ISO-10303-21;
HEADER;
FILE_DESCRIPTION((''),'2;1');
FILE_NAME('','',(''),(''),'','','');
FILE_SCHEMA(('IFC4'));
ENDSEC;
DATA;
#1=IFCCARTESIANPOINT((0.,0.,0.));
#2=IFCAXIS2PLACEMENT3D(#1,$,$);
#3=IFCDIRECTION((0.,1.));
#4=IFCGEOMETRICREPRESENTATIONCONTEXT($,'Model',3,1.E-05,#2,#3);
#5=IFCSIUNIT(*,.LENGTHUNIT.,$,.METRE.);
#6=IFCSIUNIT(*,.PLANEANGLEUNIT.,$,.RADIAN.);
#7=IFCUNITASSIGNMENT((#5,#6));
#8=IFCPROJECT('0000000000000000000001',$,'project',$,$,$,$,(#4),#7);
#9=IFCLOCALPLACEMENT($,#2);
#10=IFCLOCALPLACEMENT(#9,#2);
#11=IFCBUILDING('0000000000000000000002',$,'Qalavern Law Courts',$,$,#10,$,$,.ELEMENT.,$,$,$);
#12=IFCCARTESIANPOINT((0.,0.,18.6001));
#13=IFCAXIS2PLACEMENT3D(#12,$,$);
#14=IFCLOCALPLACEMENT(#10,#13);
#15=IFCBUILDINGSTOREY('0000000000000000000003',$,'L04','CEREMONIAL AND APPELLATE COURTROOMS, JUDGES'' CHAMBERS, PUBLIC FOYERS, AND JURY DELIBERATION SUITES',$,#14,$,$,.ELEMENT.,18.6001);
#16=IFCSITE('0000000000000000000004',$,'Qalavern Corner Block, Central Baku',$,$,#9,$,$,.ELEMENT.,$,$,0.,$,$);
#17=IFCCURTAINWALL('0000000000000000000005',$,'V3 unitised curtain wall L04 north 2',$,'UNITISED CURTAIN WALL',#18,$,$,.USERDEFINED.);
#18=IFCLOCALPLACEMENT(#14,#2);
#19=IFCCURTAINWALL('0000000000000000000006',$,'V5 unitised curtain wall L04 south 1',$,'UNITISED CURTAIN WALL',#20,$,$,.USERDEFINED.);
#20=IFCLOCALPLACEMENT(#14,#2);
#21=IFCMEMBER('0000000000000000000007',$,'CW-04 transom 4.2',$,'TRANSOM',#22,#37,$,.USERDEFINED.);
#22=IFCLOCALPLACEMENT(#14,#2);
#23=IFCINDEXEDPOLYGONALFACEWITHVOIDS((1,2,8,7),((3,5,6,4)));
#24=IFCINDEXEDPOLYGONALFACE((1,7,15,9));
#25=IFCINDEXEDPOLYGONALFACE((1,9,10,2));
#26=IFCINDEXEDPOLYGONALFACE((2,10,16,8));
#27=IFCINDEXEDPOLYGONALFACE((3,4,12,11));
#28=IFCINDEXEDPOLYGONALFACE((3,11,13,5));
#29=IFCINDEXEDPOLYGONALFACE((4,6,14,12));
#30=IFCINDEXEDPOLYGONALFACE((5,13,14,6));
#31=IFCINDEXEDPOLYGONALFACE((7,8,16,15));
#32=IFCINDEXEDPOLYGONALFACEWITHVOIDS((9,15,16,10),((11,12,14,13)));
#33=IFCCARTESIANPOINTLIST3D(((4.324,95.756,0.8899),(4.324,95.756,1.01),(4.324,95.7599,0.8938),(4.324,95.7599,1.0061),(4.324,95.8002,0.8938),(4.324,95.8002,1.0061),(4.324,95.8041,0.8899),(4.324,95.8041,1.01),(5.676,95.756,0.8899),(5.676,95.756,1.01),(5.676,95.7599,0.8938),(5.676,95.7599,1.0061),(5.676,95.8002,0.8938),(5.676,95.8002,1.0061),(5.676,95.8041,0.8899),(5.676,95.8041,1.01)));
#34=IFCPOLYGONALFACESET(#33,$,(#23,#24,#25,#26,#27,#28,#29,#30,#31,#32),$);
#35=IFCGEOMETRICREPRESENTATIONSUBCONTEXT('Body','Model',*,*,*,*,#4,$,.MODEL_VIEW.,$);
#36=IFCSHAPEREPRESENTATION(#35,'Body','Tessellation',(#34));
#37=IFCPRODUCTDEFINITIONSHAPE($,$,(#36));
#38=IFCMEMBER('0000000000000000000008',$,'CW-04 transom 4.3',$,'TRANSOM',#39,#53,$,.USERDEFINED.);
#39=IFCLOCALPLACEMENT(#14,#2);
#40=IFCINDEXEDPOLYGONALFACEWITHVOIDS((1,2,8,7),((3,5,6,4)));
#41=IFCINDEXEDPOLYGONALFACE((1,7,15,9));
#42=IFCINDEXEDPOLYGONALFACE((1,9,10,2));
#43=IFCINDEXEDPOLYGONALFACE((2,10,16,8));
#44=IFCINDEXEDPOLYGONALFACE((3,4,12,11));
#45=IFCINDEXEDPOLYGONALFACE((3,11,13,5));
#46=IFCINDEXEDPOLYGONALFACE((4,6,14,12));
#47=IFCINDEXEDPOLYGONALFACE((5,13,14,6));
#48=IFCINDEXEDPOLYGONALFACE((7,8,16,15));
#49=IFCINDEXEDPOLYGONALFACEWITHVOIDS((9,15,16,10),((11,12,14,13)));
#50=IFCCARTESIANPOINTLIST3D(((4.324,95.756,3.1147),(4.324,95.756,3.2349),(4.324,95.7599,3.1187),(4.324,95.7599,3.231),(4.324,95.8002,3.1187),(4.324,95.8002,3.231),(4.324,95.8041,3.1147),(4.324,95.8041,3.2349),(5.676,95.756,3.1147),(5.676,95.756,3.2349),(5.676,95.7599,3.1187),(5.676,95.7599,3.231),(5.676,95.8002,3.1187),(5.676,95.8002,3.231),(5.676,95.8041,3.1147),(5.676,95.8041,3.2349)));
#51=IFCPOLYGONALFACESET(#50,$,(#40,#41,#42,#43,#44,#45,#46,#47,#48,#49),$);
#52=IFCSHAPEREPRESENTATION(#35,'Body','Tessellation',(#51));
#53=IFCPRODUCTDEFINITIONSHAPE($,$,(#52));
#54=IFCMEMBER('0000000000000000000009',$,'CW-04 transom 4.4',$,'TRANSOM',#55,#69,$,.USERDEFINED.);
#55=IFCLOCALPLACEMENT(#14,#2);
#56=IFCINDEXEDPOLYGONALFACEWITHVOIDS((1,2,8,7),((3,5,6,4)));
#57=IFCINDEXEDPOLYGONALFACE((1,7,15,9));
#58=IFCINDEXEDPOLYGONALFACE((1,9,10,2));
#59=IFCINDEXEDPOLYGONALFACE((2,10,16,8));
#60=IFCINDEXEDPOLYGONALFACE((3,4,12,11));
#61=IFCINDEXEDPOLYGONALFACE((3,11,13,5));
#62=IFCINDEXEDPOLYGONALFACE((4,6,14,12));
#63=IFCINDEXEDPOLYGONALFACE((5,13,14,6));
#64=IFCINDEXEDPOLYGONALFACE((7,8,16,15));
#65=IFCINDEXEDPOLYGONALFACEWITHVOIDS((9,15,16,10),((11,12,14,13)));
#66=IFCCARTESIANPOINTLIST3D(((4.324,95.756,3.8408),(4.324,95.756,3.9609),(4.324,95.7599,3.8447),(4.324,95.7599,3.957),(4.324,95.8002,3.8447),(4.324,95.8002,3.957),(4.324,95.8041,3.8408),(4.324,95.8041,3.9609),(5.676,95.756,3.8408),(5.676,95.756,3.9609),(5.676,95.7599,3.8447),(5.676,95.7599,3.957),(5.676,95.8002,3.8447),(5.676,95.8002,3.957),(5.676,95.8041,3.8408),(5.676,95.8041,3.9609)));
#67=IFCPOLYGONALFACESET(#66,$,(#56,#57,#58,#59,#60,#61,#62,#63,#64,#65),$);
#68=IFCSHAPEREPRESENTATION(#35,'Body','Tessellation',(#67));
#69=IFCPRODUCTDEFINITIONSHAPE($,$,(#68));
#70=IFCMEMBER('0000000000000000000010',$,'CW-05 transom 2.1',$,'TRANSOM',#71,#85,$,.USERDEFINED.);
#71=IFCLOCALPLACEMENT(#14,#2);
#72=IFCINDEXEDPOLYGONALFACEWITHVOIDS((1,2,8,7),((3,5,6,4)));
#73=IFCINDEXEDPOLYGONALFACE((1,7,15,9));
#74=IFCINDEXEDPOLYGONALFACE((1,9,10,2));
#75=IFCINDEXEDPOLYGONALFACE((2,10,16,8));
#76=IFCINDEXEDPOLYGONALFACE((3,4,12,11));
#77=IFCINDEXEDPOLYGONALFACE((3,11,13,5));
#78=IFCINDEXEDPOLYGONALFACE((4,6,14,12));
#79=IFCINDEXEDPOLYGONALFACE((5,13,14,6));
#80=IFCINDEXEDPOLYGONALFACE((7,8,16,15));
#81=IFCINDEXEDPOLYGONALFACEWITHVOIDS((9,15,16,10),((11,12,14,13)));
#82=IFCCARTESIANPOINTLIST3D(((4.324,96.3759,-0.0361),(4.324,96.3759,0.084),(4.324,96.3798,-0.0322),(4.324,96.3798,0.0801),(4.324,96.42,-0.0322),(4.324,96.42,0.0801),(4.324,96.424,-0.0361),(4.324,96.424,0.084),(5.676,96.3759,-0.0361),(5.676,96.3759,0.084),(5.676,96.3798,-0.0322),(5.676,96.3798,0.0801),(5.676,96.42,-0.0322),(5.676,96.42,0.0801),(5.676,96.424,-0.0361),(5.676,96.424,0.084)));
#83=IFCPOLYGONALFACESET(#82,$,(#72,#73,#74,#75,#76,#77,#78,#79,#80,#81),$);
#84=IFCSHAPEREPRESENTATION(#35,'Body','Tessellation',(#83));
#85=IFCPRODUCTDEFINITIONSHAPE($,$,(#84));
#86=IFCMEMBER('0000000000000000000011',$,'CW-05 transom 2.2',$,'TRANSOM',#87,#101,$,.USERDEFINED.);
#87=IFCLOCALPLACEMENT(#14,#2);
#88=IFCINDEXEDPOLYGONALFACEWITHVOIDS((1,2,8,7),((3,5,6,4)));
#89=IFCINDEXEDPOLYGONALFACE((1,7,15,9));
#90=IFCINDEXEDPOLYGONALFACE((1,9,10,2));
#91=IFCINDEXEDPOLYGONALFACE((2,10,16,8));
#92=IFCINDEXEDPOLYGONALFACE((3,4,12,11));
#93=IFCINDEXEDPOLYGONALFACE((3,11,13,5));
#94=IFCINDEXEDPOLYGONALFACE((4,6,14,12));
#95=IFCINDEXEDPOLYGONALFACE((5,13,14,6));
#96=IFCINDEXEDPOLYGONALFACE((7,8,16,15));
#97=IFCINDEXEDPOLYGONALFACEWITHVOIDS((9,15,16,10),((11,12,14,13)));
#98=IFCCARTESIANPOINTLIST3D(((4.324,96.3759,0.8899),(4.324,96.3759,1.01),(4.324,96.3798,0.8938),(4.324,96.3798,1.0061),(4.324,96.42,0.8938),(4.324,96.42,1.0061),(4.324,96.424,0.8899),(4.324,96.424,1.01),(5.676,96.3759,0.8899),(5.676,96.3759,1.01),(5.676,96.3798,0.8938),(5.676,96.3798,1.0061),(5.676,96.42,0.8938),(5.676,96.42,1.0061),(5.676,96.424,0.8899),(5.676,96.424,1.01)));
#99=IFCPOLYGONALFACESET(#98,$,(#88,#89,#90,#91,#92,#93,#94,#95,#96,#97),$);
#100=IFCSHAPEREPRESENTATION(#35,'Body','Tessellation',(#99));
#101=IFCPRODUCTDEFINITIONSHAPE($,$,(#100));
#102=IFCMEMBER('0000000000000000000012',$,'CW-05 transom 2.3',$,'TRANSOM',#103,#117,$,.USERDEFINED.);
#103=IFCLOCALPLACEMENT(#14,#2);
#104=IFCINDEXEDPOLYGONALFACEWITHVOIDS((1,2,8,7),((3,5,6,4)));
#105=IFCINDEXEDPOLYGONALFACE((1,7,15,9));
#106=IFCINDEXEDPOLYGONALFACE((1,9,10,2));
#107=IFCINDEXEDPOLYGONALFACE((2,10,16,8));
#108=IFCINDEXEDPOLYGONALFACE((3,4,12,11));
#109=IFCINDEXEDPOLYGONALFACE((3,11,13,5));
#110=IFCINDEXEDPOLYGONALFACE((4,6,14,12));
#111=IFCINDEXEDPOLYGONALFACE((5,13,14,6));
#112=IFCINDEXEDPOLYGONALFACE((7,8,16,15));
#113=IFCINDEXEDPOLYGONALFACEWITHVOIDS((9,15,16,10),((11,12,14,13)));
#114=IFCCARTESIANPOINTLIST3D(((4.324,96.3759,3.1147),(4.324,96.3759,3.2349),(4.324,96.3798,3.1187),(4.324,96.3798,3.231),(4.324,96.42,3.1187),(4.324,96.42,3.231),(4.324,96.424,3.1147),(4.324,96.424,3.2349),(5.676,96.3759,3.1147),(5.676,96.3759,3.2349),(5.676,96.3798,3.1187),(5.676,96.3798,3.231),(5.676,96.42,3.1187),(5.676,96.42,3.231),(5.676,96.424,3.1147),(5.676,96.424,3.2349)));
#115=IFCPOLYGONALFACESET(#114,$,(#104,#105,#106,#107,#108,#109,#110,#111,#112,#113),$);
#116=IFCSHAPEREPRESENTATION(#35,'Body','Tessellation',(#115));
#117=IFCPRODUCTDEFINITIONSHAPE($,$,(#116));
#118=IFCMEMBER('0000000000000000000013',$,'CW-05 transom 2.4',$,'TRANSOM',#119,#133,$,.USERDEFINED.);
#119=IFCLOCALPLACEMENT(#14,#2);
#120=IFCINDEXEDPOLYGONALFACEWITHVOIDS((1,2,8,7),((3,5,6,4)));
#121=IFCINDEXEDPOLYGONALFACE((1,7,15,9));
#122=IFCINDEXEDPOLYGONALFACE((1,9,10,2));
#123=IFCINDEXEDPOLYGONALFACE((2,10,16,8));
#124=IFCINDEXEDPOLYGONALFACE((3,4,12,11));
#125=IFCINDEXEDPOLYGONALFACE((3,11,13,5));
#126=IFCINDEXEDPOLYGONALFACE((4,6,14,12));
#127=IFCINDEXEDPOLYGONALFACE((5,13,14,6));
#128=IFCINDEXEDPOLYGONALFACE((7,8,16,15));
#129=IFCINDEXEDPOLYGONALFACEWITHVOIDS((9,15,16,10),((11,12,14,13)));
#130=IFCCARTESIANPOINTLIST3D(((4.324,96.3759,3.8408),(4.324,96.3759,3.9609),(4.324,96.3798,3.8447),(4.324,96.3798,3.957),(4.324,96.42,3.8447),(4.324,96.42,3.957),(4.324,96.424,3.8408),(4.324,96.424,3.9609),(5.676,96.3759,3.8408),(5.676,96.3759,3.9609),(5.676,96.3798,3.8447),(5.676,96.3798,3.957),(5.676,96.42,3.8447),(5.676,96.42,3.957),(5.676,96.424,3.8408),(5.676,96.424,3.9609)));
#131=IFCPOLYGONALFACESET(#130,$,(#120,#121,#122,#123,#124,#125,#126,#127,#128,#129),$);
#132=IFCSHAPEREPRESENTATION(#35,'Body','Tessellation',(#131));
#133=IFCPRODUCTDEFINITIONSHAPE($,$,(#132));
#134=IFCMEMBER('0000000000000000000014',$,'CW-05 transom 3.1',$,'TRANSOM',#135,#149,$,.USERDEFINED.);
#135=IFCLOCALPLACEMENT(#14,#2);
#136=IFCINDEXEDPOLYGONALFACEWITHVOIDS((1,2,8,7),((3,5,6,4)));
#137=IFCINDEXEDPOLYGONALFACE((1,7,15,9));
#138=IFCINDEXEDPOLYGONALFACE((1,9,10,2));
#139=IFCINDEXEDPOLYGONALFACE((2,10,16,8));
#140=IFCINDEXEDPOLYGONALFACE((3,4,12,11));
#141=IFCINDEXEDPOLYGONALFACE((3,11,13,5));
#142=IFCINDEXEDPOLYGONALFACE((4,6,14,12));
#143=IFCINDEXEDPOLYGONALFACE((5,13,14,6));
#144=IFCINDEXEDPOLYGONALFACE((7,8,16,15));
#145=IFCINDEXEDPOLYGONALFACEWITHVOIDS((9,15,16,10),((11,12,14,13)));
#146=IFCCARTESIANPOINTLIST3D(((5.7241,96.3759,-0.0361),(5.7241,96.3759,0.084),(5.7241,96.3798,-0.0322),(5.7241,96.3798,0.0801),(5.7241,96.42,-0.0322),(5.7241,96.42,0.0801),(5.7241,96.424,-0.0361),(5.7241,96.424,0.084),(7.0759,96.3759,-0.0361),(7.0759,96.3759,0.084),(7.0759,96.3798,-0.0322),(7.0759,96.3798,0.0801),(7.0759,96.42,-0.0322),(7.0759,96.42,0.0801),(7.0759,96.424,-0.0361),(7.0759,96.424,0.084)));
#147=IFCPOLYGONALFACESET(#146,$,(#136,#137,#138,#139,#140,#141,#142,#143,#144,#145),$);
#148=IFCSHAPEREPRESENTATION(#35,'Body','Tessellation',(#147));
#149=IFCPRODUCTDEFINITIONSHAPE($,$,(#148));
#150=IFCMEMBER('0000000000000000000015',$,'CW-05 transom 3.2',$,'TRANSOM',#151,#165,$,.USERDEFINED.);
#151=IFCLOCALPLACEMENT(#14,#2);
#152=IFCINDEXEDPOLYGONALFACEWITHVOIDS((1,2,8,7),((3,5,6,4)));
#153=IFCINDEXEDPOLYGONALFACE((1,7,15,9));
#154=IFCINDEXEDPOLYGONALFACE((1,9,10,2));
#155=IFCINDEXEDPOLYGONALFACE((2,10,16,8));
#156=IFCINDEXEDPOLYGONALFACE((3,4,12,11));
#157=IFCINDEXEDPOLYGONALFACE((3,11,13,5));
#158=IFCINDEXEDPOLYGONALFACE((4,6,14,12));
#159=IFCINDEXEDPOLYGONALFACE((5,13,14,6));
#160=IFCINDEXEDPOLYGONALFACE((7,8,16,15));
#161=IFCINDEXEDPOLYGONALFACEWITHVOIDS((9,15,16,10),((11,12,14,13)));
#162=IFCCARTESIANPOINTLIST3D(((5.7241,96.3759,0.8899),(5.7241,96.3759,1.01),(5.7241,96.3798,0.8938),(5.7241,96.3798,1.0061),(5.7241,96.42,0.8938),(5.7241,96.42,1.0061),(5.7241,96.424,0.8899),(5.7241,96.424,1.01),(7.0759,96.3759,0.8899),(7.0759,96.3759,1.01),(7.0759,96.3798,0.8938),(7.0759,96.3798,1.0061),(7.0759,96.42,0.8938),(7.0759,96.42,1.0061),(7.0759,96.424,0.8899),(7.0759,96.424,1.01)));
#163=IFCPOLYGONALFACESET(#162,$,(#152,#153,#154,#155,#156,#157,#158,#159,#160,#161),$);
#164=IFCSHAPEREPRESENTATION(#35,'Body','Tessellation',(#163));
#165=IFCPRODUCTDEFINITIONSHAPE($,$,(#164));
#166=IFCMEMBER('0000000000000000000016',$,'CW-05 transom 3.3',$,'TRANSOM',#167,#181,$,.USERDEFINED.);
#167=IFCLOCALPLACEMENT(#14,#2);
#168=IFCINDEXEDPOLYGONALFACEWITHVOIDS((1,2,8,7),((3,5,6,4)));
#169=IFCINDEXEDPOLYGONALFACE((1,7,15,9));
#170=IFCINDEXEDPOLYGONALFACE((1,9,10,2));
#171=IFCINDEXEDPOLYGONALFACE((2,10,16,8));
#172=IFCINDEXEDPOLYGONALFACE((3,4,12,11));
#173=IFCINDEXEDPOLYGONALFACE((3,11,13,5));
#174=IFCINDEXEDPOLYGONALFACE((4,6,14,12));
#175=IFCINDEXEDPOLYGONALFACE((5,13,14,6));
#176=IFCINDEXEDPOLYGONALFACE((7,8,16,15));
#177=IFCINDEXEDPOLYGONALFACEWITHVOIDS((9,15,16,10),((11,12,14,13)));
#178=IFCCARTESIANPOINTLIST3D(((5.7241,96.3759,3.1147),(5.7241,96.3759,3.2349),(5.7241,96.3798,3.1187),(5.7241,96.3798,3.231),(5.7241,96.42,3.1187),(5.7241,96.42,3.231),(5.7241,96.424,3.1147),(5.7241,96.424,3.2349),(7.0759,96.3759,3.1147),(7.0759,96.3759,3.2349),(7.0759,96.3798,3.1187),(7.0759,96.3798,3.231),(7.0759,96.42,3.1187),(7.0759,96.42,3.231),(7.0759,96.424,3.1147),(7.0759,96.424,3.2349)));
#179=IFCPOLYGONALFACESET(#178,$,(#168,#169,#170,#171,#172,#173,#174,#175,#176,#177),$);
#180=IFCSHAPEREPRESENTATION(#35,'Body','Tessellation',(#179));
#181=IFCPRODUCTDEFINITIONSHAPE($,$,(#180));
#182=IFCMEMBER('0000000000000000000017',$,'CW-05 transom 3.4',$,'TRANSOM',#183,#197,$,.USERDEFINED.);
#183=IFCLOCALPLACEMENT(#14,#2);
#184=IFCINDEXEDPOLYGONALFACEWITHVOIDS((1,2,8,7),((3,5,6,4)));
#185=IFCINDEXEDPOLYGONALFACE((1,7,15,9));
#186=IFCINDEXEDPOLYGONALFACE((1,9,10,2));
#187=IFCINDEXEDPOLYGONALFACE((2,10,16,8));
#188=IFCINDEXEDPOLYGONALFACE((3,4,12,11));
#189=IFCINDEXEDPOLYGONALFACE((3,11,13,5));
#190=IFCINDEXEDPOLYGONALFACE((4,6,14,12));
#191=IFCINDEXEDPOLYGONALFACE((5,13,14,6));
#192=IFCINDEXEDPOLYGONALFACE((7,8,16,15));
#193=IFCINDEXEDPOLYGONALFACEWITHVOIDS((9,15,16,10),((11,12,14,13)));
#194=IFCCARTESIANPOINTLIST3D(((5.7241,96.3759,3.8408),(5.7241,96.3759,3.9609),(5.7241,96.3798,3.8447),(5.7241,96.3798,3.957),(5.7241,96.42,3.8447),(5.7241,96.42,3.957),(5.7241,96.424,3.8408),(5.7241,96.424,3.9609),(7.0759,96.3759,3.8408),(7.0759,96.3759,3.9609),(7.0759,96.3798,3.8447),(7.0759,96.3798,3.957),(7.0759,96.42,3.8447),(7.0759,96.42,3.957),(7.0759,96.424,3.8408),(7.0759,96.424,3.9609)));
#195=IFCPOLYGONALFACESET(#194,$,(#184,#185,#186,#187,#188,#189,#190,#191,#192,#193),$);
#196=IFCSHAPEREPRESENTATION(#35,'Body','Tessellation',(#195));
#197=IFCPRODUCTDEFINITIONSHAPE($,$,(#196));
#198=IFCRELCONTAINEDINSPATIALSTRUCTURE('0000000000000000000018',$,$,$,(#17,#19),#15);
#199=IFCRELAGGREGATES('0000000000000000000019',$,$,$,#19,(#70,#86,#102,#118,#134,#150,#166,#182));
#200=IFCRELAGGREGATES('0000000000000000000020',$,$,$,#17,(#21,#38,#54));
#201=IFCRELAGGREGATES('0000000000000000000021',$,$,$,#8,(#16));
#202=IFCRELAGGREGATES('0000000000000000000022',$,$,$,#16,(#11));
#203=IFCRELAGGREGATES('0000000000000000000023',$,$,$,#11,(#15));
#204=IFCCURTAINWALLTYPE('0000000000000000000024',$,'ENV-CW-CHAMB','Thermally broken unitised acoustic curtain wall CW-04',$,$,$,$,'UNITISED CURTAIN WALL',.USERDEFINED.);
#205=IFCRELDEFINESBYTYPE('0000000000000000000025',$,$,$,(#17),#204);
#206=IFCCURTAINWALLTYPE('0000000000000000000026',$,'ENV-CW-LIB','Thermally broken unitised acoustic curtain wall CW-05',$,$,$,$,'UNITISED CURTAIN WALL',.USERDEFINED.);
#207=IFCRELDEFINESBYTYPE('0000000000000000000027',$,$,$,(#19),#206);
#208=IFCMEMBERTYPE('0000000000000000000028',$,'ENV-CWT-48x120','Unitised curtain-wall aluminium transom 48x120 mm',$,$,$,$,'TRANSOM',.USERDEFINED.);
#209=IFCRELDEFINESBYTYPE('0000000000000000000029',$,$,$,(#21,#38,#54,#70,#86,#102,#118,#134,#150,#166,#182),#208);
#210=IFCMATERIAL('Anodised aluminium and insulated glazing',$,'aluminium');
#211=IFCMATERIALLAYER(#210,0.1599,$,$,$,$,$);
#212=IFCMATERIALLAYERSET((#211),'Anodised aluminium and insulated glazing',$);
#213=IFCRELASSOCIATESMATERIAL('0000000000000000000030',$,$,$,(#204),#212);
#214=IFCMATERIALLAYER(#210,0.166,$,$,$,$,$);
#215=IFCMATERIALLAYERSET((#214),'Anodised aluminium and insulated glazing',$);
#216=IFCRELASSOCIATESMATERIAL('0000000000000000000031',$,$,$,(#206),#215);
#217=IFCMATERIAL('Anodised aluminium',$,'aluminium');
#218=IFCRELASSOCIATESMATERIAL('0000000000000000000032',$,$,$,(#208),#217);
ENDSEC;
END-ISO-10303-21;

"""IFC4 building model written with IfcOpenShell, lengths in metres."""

from ifc_helpers import new_model, si_unit, direction, frame, origin, origin_2d, place, context, subcontext, project, spatial, hollow_rectangle, extrude, material, layer, layer_set, material_profile, profile_set, type_object, element, aggregate, save


model = new_model("IFC4")

# Units and contexts
model_context = context("Model", 3, precision=1e-05, world=origin(), true_north=direction((0.0, 1.0)))
body_context = subcontext(model_context, "Body", "Model", "MODEL_VIEW")
ifc_project = project(units=[si_unit("LENGTHUNIT", "METRE"), si_unit("PLANEANGLEUNIT", "RADIAN")], contexts=[model_context])

# Site, building, storey
site_placement = place(None, origin())
site = spatial("IfcSite", under=ifc_project, at=site_placement, Name="Qalavern Corner Block, Central Baku", CompositionType="ELEMENT", RefElevation=0.0)
building_placement = place(site_placement, origin())
building = spatial("IfcBuilding", under=site, at=building_placement, Name="Qalavern Law Courts", CompositionType="ELEMENT")
storey_placement = place(building_placement, frame((0.0, 0.0, 18.6001)))
storey = spatial("IfcBuildingStorey", under=building, at=storey_placement, Name="L04", Description="CEREMONIAL AND APPELLATE COURTROOMS, JUDGES' CHAMBERS, PUBLIC FOYERS, AND JURY DELIBERATION SUITES", CompositionType="ELEMENT", Elevation=18.6001)

# Curtain walls
ifc_material_1 = material(Name="Anodised aluminium and insulated glazing", Category="aluminium")
ifc_layer_1 = layer(ifc_material_1, 0.1599)
ifc_layer_set_1 = layer_set([ifc_layer_1], Name="Anodised aluminium and insulated glazing")
curtain_wall_type_1 = type_object("IfcCurtainWallType", Name="ENV-CW-CHAMB", Description="Thermally broken unitised acoustic curtain wall CW-04", ElementType="UNITISED CURTAIN WALL", PredefinedType="USERDEFINED", material=ifc_layer_set_1)
curtain_wall_1_placement = place(storey_placement, origin())
curtain_wall_1 = element("IfcCurtainWall", 1, at=curtain_wall_1_placement, inside=storey, type_object=curtain_wall_type_1, Name="V3 unitised curtain wall L04 north 2", ObjectType="UNITISED CURTAIN WALL", PredefinedType="USERDEFINED")
ifc_material_2 = material(Name="Anodised aluminium", Category="aluminium")
ifc_layer_2 = layer(ifc_material_1, 0.166)
ifc_layer_set_2 = layer_set([ifc_layer_2], Name="Anodised aluminium and insulated glazing")
curtain_wall_type_2 = type_object("IfcCurtainWallType", Name="ENV-CW-LIB", Description="Thermally broken unitised acoustic curtain wall CW-05", ElementType="UNITISED CURTAIN WALL", PredefinedType="USERDEFINED", material=ifc_layer_set_2)
curtain_wall_2_placement = place(storey_placement, origin())
curtain_wall_2 = element("IfcCurtainWall", 2, at=curtain_wall_2_placement, inside=storey, type_object=curtain_wall_type_2, Name="V5 unitised curtain wall L04 south 1", ObjectType="UNITISED CURTAIN WALL", PredefinedType="USERDEFINED")

# Members
ifc_material_profile_1 = material_profile(ifc_material_2, hollow_rectangle(XDim=0.0481, YDim=0.1201, WallThickness=0.0039, at=origin_2d()), Name="ALU TRANSOM 48x120")
ifc_profile_set_1 = profile_set([ifc_material_profile_1], Name="Anodised aluminium")
member_type_1 = type_object("IfcMemberType", Name="ENV-CWT-48x120", Description="Unitised curtain-wall aluminium transom 48x120 mm", ElementType="TRANSOM", PredefinedType="USERDEFINED", material=ifc_profile_set_1)
member_1_placement = place(storey_placement, frame((5.676, 95.78, 0.95), z_axis=(-1.0, 0.0, 0.0), x_axis=(0.0, -1.0, 0.0)))
member_1 = element("IfcMember", 3, at=member_1_placement, type_object=member_type_1, Name="CW-04 transom 4.2", ObjectType="TRANSOM", PredefinedType="USERDEFINED", context=body_context, shape_type="SweptSolid", body=[
    extrude(hollow_rectangle(XDim=0.0481, YDim=0.1201, WallThickness=0.0039, at=origin_2d()), origin(), (0.0, 0.0, 1.0), 1.3521),
])
member_2_placement = place(storey_placement, frame((5.676, 95.78, 3.1748), z_axis=(-1.0, 0.0, 0.0), x_axis=(0.0, -1.0, 0.0)))
member_2 = element("IfcMember", 4, at=member_2_placement, type_object=member_type_1, Name="CW-04 transom 4.3", ObjectType="TRANSOM", PredefinedType="USERDEFINED", context=body_context, shape_type="SweptSolid", body=[
    extrude(hollow_rectangle(XDim=0.0481, YDim=0.1201, WallThickness=0.0039, at=origin_2d()), origin(), (0.0, 0.0, 1.0), 1.3521),
])
member_3_placement = place(storey_placement, frame((5.676, 95.78, 3.9009), z_axis=(-1.0, 0.0, 0.0), x_axis=(0.0, -1.0, 0.0)))
member_3 = element("IfcMember", 5, at=member_3_placement, type_object=member_type_1, Name="CW-04 transom 4.4", ObjectType="TRANSOM", PredefinedType="USERDEFINED", context=body_context, shape_type="SweptSolid", body=[
    extrude(hollow_rectangle(XDim=0.0481, YDim=0.1201, WallThickness=0.0039, at=origin_2d()), origin(), (0.0, 0.0, 1.0), 1.3521),
])
member_4_placement = place(storey_placement, frame((4.324, 96.3999, 0.0239), z_axis=(1.0, 0.0, 0.0), x_axis=(0.0, 1.0, 0.0)))
member_4 = element("IfcMember", 6, at=member_4_placement, type_object=member_type_1, Name="CW-05 transom 2.1", ObjectType="TRANSOM", PredefinedType="USERDEFINED", context=body_context, shape_type="SweptSolid", body=[
    extrude(hollow_rectangle(XDim=0.0481, YDim=0.1201, WallThickness=0.0039, at=origin_2d()), origin(), (0.0, 0.0, 1.0), 1.3521),
])
member_5_placement = place(storey_placement, frame((4.324, 96.3999, 0.95), z_axis=(1.0, 0.0, 0.0), x_axis=(0.0, 1.0, 0.0)))
member_5 = element("IfcMember", 7, at=member_5_placement, type_object=member_type_1, Name="CW-05 transom 2.2", ObjectType="TRANSOM", PredefinedType="USERDEFINED", context=body_context, shape_type="SweptSolid", body=[
    extrude(hollow_rectangle(XDim=0.0481, YDim=0.1201, WallThickness=0.0039, at=origin_2d()), origin(), (0.0, 0.0, 1.0), 1.3521),
])
member_6_placement = place(storey_placement, frame((4.324, 96.3999, 3.1748), z_axis=(1.0, 0.0, 0.0), x_axis=(0.0, 1.0, 0.0)))
member_6 = element("IfcMember", 8, at=member_6_placement, type_object=member_type_1, Name="CW-05 transom 2.3", ObjectType="TRANSOM", PredefinedType="USERDEFINED", context=body_context, shape_type="SweptSolid", body=[
    extrude(hollow_rectangle(XDim=0.0481, YDim=0.1201, WallThickness=0.0039, at=origin_2d()), origin(), (0.0, 0.0, 1.0), 1.3521),
])
member_7_placement = place(storey_placement, frame((4.324, 96.3999, 3.9009), z_axis=(1.0, 0.0, 0.0), x_axis=(0.0, 1.0, 0.0)))
member_7 = element("IfcMember", 9, at=member_7_placement, type_object=member_type_1, Name="CW-05 transom 2.4", ObjectType="TRANSOM", PredefinedType="USERDEFINED", context=body_context, shape_type="SweptSolid", body=[
    extrude(hollow_rectangle(XDim=0.0481, YDim=0.1201, WallThickness=0.0039, at=origin_2d()), origin(), (0.0, 0.0, 1.0), 1.3521),
])
member_8_placement = place(storey_placement, frame((5.7241, 96.3999, 0.0239), z_axis=(1.0, 0.0, 0.0), x_axis=(0.0, 1.0, 0.0)))
member_8 = element("IfcMember", 10, at=member_8_placement, type_object=member_type_1, Name="CW-05 transom 3.1", ObjectType="TRANSOM", PredefinedType="USERDEFINED", context=body_context, shape_type="SweptSolid", body=[
    extrude(hollow_rectangle(XDim=0.0481, YDim=0.1201, WallThickness=0.0039, at=origin_2d()), origin(), (0.0, 0.0, 1.0), 1.3518),
])
member_9_placement = place(storey_placement, frame((5.7241, 96.3999, 0.95), z_axis=(1.0, 0.0, 0.0), x_axis=(0.0, 1.0, 0.0)))
member_9 = element("IfcMember", 11, at=member_9_placement, type_object=member_type_1, Name="CW-05 transom 3.2", ObjectType="TRANSOM", PredefinedType="USERDEFINED", context=body_context, shape_type="SweptSolid", body=[
    extrude(hollow_rectangle(XDim=0.0481, YDim=0.1201, WallThickness=0.0039, at=origin_2d()), origin(), (0.0, 0.0, 1.0), 1.3518),
])
member_10_placement = place(storey_placement, frame((5.7241, 96.3999, 3.1748), z_axis=(1.0, 0.0, 0.0), x_axis=(0.0, 1.0, 0.0)))
member_10 = element("IfcMember", 12, at=member_10_placement, type_object=member_type_1, Name="CW-05 transom 3.3", ObjectType="TRANSOM", PredefinedType="USERDEFINED", context=body_context, shape_type="SweptSolid", body=[
    extrude(hollow_rectangle(XDim=0.0481, YDim=0.1201, WallThickness=0.0039, at=origin_2d()), origin(), (0.0, 0.0, 1.0), 1.3518),
])
member_11_placement = place(storey_placement, frame((5.7241, 96.3999, 3.9009), z_axis=(1.0, 0.0, 0.0), x_axis=(0.0, 1.0, 0.0)))
member_11 = element("IfcMember", 13, at=member_11_placement, type_object=member_type_1, Name="CW-05 transom 3.4", ObjectType="TRANSOM", PredefinedType="USERDEFINED", context=body_context, shape_type="SweptSolid", body=[
    extrude(hollow_rectangle(XDim=0.0481, YDim=0.1201, WallThickness=0.0039, at=origin_2d()), origin(), (0.0, 0.0, 1.0), 1.3518),
])

aggregate(curtain_wall_2, [member_4, member_5, member_6, member_7, member_8, member_9, member_10, member_11])
aggregate(curtain_wall_1, [member_1, member_2, member_3])

save(model, "model.ifc")
